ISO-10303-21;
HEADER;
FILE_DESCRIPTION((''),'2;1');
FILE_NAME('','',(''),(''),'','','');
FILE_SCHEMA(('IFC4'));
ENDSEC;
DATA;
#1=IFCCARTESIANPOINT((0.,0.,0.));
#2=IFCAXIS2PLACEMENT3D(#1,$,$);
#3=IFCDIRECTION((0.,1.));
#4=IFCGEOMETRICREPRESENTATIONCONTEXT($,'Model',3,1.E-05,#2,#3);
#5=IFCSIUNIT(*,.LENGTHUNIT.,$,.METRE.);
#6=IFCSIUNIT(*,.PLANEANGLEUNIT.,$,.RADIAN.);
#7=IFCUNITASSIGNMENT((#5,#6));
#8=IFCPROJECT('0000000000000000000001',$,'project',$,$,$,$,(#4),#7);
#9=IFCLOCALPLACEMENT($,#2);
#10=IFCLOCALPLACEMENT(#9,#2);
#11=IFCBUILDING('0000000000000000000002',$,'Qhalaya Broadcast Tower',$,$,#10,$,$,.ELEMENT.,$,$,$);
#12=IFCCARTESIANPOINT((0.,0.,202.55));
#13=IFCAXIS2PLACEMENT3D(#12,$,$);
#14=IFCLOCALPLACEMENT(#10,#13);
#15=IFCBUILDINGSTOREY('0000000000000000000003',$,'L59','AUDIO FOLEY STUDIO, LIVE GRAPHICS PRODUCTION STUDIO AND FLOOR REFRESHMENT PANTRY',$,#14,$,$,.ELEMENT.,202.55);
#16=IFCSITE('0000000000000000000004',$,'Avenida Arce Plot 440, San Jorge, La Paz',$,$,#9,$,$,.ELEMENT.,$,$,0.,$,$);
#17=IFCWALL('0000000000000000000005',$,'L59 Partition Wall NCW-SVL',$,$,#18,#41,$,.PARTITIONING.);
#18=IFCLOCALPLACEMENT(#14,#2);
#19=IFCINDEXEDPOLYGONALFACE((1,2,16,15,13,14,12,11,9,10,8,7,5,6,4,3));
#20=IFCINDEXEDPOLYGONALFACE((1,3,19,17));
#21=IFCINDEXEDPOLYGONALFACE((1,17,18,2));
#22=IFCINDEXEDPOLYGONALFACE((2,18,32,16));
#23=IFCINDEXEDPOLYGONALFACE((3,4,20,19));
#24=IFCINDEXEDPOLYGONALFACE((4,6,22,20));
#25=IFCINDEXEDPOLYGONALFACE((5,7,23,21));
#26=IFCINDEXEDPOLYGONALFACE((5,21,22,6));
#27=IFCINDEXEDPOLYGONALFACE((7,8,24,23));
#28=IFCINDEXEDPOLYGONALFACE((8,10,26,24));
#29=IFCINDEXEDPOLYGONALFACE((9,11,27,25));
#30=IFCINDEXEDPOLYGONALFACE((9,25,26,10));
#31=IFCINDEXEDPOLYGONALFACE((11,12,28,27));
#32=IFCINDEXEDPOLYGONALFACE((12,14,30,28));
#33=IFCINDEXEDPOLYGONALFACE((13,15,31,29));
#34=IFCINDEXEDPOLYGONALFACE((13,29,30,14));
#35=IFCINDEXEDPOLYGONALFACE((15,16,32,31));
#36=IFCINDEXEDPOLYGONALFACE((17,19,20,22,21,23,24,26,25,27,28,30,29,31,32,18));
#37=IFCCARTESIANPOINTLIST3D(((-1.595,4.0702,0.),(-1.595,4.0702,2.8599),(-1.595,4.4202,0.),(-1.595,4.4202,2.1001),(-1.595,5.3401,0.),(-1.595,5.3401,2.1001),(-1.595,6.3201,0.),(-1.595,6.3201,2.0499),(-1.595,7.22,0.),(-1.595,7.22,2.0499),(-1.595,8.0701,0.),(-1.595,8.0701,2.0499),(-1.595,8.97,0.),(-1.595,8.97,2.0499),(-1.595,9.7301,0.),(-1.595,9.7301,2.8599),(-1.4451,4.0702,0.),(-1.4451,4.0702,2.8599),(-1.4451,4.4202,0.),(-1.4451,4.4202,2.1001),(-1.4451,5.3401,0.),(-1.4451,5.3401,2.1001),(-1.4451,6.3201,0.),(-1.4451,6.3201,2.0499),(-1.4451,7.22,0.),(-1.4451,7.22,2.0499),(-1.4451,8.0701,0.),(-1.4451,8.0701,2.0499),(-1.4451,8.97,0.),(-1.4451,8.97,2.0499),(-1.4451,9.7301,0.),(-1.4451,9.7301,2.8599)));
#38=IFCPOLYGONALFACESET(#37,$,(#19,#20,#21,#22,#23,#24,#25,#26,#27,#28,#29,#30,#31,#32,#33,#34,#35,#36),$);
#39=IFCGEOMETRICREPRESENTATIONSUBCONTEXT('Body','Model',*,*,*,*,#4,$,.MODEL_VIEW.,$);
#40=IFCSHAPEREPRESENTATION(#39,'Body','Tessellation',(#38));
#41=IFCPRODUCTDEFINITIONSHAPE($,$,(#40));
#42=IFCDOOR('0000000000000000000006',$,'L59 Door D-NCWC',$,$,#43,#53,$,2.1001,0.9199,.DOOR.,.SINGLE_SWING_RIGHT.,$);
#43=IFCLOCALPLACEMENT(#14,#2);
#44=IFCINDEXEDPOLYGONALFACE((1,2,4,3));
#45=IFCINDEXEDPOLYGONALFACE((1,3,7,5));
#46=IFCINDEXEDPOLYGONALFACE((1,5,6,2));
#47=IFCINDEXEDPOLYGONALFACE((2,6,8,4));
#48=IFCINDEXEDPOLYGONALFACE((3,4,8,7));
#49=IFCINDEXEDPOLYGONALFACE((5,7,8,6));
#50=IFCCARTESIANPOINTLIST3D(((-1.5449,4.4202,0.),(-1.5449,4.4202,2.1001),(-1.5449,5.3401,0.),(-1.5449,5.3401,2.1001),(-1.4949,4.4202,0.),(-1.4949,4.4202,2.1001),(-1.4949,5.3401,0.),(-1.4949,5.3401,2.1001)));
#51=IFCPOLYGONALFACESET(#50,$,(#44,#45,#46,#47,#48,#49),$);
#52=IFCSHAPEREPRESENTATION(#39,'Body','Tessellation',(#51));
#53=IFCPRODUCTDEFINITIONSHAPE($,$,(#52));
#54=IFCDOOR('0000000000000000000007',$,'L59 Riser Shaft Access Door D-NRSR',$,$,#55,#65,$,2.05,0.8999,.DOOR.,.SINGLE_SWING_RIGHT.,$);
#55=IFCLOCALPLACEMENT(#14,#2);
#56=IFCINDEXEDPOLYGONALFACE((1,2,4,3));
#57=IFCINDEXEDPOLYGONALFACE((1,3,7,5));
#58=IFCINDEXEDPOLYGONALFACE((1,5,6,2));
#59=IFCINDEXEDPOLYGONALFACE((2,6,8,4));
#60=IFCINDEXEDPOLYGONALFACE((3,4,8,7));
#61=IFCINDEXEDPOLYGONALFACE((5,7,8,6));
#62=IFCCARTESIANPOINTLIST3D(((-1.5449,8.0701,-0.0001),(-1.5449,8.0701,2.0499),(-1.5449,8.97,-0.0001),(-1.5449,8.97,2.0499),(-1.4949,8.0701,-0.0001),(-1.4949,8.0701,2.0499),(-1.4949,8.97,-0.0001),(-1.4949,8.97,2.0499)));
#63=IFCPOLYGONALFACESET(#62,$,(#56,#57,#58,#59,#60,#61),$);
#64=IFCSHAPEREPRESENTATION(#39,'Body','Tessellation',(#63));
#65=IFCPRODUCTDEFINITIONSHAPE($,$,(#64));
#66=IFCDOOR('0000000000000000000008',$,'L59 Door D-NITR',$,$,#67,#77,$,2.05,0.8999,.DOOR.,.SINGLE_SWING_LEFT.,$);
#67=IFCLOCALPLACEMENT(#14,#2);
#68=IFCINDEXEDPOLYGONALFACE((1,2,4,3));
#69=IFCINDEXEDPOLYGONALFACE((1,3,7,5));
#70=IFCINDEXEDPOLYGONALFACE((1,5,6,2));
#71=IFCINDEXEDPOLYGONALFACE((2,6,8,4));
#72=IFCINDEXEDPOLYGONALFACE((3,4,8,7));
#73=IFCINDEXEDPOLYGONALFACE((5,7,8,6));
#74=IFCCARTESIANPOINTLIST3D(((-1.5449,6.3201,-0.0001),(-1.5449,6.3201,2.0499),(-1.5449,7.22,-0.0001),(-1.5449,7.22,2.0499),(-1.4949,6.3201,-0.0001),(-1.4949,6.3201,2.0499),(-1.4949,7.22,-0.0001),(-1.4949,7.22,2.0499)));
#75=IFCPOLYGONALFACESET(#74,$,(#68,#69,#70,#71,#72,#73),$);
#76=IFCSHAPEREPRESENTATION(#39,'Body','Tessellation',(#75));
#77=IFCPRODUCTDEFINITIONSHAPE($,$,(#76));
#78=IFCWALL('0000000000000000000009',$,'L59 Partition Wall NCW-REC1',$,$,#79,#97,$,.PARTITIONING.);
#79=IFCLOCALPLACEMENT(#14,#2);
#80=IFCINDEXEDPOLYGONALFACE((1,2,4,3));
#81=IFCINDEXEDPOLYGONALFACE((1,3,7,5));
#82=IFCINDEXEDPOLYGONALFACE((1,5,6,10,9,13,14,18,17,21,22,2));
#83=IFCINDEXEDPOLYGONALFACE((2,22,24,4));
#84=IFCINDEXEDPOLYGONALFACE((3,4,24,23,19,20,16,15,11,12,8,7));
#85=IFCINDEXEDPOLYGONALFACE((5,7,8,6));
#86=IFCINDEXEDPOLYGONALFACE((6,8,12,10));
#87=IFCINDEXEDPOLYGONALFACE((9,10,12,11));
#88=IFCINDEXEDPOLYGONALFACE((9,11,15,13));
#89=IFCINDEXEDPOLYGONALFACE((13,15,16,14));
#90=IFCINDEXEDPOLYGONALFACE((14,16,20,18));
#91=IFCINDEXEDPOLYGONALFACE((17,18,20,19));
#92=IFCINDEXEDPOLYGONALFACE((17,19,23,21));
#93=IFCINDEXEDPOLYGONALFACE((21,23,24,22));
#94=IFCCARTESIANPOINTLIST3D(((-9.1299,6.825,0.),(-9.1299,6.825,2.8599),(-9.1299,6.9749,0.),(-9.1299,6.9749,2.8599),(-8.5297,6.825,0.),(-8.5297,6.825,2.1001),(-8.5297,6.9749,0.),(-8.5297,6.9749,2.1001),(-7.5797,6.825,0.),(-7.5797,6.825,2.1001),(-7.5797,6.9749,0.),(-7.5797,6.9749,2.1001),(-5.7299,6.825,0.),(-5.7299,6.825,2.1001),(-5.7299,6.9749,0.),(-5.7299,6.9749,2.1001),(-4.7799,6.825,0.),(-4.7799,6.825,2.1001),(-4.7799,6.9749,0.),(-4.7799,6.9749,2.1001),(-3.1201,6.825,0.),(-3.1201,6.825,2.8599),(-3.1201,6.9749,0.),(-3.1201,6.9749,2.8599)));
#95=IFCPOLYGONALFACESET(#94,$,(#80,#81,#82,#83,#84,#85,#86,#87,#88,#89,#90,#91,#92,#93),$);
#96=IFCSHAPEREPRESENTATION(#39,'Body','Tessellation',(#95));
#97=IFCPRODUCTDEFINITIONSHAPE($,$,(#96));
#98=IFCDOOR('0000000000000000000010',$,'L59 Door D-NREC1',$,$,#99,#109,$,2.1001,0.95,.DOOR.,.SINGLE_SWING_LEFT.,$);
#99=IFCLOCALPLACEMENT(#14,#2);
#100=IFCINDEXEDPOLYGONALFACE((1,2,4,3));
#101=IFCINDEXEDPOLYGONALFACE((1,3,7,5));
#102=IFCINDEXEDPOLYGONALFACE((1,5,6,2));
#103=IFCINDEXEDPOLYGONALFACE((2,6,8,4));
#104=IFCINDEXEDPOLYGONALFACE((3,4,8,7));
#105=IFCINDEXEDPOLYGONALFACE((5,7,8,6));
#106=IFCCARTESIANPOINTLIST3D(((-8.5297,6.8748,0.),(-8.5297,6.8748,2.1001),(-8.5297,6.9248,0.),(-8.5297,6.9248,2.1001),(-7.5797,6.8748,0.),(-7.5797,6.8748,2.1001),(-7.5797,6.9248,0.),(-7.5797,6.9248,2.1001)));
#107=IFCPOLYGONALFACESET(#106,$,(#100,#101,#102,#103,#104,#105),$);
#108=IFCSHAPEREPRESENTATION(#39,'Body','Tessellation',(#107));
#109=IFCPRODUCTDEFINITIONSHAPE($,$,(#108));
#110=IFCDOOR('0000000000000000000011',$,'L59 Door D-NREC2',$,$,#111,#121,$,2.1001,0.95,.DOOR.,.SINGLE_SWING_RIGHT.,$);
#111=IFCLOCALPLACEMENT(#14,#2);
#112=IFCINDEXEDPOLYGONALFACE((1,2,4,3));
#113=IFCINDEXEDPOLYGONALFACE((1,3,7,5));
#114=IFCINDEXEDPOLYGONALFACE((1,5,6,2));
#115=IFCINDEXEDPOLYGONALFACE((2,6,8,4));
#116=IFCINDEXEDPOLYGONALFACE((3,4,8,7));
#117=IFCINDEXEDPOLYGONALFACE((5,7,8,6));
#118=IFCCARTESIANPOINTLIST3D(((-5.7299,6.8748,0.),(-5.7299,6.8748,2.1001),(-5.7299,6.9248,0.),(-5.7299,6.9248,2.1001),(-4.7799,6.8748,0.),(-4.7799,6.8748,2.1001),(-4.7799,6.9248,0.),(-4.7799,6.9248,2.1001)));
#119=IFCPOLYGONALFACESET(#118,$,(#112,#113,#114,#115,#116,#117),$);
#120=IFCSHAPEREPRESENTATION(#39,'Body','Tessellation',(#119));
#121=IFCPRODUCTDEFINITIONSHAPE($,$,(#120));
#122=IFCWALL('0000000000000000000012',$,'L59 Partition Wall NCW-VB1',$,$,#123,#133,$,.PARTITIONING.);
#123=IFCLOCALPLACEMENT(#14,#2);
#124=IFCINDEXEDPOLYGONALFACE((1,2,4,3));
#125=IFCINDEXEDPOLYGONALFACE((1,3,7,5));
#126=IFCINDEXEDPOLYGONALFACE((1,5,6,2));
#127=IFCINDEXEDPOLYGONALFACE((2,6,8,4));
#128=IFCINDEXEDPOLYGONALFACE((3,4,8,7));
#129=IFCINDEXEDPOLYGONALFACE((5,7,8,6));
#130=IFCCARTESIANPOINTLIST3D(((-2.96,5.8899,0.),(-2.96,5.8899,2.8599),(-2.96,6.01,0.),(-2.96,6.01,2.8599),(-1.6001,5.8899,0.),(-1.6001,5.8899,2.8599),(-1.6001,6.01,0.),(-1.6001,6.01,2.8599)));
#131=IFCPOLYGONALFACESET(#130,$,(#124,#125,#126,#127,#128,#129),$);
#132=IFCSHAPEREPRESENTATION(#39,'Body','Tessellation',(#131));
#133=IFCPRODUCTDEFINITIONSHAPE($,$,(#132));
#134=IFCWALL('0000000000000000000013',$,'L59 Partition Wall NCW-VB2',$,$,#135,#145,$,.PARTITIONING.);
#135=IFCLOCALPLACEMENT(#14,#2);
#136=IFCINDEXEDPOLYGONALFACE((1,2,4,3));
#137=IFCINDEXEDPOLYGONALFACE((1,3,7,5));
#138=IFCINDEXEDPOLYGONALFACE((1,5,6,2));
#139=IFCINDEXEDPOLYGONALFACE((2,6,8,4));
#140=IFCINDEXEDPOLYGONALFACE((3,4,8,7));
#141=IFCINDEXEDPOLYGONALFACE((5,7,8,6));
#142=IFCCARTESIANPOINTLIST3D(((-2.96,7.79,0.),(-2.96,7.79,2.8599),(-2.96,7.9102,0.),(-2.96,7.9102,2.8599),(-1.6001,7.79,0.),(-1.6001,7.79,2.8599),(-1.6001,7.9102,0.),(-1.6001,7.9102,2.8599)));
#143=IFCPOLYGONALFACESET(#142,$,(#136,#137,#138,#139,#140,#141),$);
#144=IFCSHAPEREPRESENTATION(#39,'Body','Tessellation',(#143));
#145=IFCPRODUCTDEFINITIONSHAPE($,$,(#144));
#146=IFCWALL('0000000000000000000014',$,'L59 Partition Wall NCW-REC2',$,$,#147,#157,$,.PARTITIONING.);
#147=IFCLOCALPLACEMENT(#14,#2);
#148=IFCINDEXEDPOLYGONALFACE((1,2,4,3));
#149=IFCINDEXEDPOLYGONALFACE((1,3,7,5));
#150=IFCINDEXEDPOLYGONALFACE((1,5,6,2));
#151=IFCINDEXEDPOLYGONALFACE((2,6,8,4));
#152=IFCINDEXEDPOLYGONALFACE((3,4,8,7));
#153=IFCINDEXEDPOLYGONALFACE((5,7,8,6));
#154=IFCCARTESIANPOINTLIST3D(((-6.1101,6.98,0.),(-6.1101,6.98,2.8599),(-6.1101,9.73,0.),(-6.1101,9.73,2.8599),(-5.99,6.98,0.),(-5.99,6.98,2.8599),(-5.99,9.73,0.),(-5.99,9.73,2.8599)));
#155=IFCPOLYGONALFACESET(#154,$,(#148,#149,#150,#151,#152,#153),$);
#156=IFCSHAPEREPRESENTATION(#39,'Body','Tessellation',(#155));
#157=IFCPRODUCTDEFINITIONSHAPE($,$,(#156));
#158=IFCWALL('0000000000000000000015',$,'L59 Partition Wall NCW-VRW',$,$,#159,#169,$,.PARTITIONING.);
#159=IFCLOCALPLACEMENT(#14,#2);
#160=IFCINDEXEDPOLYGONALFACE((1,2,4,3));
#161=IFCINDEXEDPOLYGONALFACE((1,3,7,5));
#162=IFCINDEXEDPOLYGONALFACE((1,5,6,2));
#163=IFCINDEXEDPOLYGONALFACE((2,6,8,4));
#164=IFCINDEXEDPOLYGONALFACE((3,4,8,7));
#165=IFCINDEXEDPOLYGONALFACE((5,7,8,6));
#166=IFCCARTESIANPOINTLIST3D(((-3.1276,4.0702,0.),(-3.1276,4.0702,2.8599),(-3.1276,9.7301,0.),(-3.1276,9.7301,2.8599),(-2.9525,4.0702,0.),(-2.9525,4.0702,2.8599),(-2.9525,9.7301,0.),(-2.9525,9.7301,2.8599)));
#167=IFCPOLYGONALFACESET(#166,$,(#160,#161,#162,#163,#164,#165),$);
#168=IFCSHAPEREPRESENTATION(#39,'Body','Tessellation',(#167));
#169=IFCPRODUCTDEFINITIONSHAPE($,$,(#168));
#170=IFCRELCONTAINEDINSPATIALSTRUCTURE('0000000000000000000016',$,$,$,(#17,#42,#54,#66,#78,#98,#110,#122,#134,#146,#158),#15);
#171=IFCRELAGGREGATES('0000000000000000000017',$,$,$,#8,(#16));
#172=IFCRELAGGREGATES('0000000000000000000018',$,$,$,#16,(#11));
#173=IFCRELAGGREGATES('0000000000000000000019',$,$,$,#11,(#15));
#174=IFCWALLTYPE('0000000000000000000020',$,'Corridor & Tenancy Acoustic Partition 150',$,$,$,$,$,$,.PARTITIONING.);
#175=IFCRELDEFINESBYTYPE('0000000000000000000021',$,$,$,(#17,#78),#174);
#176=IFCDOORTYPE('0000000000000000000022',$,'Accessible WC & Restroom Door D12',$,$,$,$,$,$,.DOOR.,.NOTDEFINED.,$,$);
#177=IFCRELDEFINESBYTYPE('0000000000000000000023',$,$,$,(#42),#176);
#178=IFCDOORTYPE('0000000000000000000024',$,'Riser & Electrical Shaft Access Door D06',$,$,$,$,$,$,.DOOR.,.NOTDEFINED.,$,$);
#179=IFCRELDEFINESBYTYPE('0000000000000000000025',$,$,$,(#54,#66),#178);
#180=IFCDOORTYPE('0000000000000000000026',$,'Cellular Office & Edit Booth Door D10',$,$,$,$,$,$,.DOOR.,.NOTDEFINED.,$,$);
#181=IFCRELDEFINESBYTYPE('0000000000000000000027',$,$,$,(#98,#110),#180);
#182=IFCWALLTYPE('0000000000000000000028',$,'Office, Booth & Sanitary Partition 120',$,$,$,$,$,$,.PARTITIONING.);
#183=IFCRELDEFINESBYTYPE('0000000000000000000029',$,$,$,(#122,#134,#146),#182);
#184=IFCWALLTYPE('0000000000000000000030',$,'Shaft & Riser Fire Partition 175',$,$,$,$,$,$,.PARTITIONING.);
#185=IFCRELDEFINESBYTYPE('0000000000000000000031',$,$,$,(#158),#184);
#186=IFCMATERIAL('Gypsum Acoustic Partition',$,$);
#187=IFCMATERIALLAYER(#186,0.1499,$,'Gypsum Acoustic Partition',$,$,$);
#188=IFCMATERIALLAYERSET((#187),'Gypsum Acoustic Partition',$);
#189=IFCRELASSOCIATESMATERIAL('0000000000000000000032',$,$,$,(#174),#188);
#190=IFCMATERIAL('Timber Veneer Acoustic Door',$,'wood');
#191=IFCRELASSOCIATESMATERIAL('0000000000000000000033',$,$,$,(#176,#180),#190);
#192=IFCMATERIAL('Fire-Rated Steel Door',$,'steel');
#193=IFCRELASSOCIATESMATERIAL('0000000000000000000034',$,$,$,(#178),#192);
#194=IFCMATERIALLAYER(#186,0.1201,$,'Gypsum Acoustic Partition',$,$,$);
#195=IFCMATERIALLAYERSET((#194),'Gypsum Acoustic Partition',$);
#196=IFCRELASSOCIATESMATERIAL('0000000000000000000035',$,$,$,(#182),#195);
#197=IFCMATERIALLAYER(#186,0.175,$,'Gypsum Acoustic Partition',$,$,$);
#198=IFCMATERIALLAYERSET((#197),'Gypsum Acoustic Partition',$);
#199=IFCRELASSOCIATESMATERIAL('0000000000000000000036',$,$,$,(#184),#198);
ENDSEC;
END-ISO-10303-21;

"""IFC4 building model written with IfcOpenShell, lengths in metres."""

from ifc_helpers import new_model, si_unit, direction, frame, frame_2d, origin, place, context, subcontext, project, spatial, rectangle, extrude, material, layer, layer_set, type_object, element, fill, save


model = new_model("IFC4")

# Units and contexts
model_context = context("Model", 3, precision=1e-05, world=origin(), true_north=direction((0.0, 1.0)))
body_context = subcontext(model_context, "Body", "Model", "MODEL_VIEW")
ifc_project = project(units=[si_unit("LENGTHUNIT", "METRE"), si_unit("PLANEANGLEUNIT", "RADIAN")], contexts=[model_context])

# Site, building, storey
site_placement = place(None, origin())
site = spatial("IfcSite", under=ifc_project, at=site_placement, Name="Avenida Arce Plot 440, San Jorge, La Paz", CompositionType="ELEMENT", RefElevation=0.0)
building_placement = place(site_placement, origin())
building = spatial("IfcBuilding", under=site, at=building_placement, Name="Qhalaya Broadcast Tower", CompositionType="ELEMENT")
storey_placement = place(building_placement, frame((0.0, 0.0, 202.55)))
storey = spatial("IfcBuildingStorey", under=building, at=storey_placement, Name="L59", Description="AUDIO FOLEY STUDIO, LIVE GRAPHICS PRODUCTION STUDIO AND FLOOR REFRESHMENT PANTRY", CompositionType="ELEMENT", Elevation=202.55)

# Walls, openings, doors
ifc_material_1 = material(Name="Gypsum Acoustic Partition")
ifc_layer_1 = layer(ifc_material_1, 0.1499, Name="Gypsum Acoustic Partition")
ifc_layer_set_1 = layer_set([ifc_layer_1], Name="Gypsum Acoustic Partition")
wall_type_1 = type_object("IfcWallType", Name="Corridor & Tenancy Acoustic Partition 150", PredefinedType="PARTITIONING", material=ifc_layer_set_1)
wall_1_placement = place(storey_placement, frame((-1.52, 4.0701, 0.0), z_axis=(0.0, 0.0, 1.0), x_axis=(0.0, 1.0, 0.0)))
wall_1 = element("IfcWall", 1, at=wall_1_placement, inside=storey, type_object=wall_type_1, Name="L59 Partition Wall NCW-SVL", PredefinedType="PARTITIONING", context=body_context, shape_type="SweptSolid", body=[
    extrude(rectangle(XDim=5.6599, YDim=0.1499, at=frame_2d((2.8301, 0.0))), origin(), (0.0, 0.0, 1.0), 2.8599),
])
opening_1_placement = place(wall_1_placement, frame((4.0, 0.0, 0.0)))
opening_1 = element("IfcOpeningElement", 2, at=opening_1_placement, cuts=wall_1, PredefinedType="OPENING", context=body_context, shape_type="SweptSolid", body=[
    extrude(rectangle(XDim=0.8999, YDim=2.05, at=frame_2d((0.45, 1.0249))), frame((0.0, 0.0869, 0.0), z_axis=(0.0, -1.0, 0.0), x_axis=(1.0, 0.0, 0.0)), (0.0, 0.0, 1.0), 0.1738),
])
opening_2_placement = place(wall_1_placement, frame((2.25, 0.0, 0.0)))
opening_2 = element("IfcOpeningElement", 3, at=opening_2_placement, cuts=wall_1, PredefinedType="OPENING", context=body_context, shape_type="SweptSolid", body=[
    extrude(rectangle(XDim=0.8999, YDim=2.05, at=frame_2d((0.45, 1.0249))), frame((0.0, 0.0869, 0.0), z_axis=(0.0, -1.0, 0.0), x_axis=(1.0, 0.0, 0.0)), (0.0, 0.0, 1.0), 0.1738),
])
opening_3_placement = place(wall_1_placement, frame((0.3501, 0.0, 0.0)))
opening_3 = element("IfcOpeningElement", 4, at=opening_3_placement, cuts=wall_1, PredefinedType="OPENING", context=body_context, shape_type="SweptSolid", body=[
    extrude(rectangle(XDim=0.9199, YDim=2.1001, at=frame_2d((0.46, 1.05))), frame((0.0, 0.0869, 0.0), z_axis=(0.0, -1.0, 0.0), x_axis=(1.0, 0.0, 0.0)), (0.0, 0.0, 1.0), 0.1738),
])
ifc_material_2 = material(Name="Timber Veneer Acoustic Door", Category="wood")
door_type_1 = type_object("IfcDoorType", Name="Accessible WC & Restroom Door D12", OperationType="NOTDEFINED", PredefinedType="DOOR", material=ifc_material_2)
door_1_placement = place(opening_3_placement, origin())
door_1 = element("IfcDoor", 5, at=door_1_placement, inside=storey, type_object=door_type_1, Name="L59 Door D-NCWC", OperationType="SINGLE_SWING_RIGHT", OverallHeight=2.1001, OverallWidth=0.9199, PredefinedType="DOOR", context=body_context, shape_type="SweptSolid", body=[
    extrude(rectangle(XDim=0.9199, YDim=2.1001, at=frame_2d((0.46, 1.05))), frame((0.0, 0.0249, 0.0), z_axis=(0.0, -1.0, 0.0), x_axis=(1.0, 0.0, 0.0)), (0.0, 0.0, 1.0), 0.05),
])
fill(opening_3, door_1)
ifc_material_3 = material(Name="Fire-Rated Steel Door", Category="steel")
door_type_2 = type_object("IfcDoorType", Name="Riser & Electrical Shaft Access Door D06", OperationType="NOTDEFINED", PredefinedType="DOOR", material=ifc_material_3)
door_2_placement = place(opening_1_placement, origin())
door_2 = element("IfcDoor", 6, at=door_2_placement, inside=storey, type_object=door_type_2, Name="L59 Riser Shaft Access Door D-NRSR", OperationType="SINGLE_SWING_RIGHT", OverallHeight=2.05, OverallWidth=0.8999, PredefinedType="DOOR", context=body_context, shape_type="SweptSolid", body=[
    extrude(rectangle(XDim=0.8999, YDim=2.05, at=frame_2d((0.45, 1.0249))), frame((0.0, 0.0249, 0.0), z_axis=(0.0, -1.0, 0.0), x_axis=(1.0, 0.0, 0.0)), (0.0, 0.0, 1.0), 0.05),
])
fill(opening_1, door_2)
door_3_placement = place(opening_2_placement, origin())
door_3 = element("IfcDoor", 7, at=door_3_placement, inside=storey, type_object=door_type_2, Name="L59 Door D-NITR", OperationType="SINGLE_SWING_LEFT", OverallHeight=2.05, OverallWidth=0.8999, PredefinedType="DOOR", context=body_context, shape_type="SweptSolid", body=[
    extrude(rectangle(XDim=0.8999, YDim=2.05, at=frame_2d((0.45, 1.0249))), frame((0.0, 0.0249, 0.0), z_axis=(0.0, -1.0, 0.0), x_axis=(1.0, 0.0, 0.0)), (0.0, 0.0, 1.0), 0.05),
])
fill(opening_2, door_3)
wall_2_placement = place(storey_placement, frame((-9.1299, 6.8999, 0.0), z_axis=(0.0, 0.0, 1.0), x_axis=(1.0, 0.0, 0.0)))
wall_2 = element("IfcWall", 8, at=wall_2_placement, inside=storey, type_object=wall_type_1, Name="L59 Partition Wall NCW-REC1", PredefinedType="PARTITIONING", context=body_context, shape_type="SweptSolid", body=[
    extrude(rectangle(XDim=6.0098, YDim=0.1499, at=frame_2d((3.0049, 0.0))), origin(), (0.0, 0.0, 1.0), 2.8599),
])
opening_4_placement = place(wall_2_placement, frame((0.6001, 0.0, 0.0)))
opening_4 = element("IfcOpeningElement", 9, at=opening_4_placement, cuts=wall_2, PredefinedType="OPENING", context=body_context, shape_type="SweptSolid", body=[
    extrude(rectangle(XDim=0.95, YDim=2.1001, at=frame_2d((0.4751, 1.05))), frame((0.0, 0.0869, 0.0), z_axis=(0.0, -1.0, 0.0), x_axis=(1.0, 0.0, 0.0)), (0.0, 0.0, 1.0), 0.1738),
])
opening_5_placement = place(wall_2_placement, frame((3.3999, 0.0, 0.0)))
opening_5 = element("IfcOpeningElement", 10, at=opening_5_placement, cuts=wall_2, PredefinedType="OPENING", context=body_context, shape_type="SweptSolid", body=[
    extrude(rectangle(XDim=0.95, YDim=2.1001, at=frame_2d((0.4751, 1.05))), frame((0.0, 0.0869, 0.0), z_axis=(0.0, -1.0, 0.0), x_axis=(1.0, 0.0, 0.0)), (0.0, 0.0, 1.0), 0.1738),
])
door_type_3 = type_object("IfcDoorType", Name="Cellular Office & Edit Booth Door D10", OperationType="NOTDEFINED", PredefinedType="DOOR", material=ifc_material_2)
door_4_placement = place(opening_4_placement, origin())
door_4 = element("IfcDoor", 11, at=door_4_placement, inside=storey, type_object=door_type_3, Name="L59 Door D-NREC1", OperationType="SINGLE_SWING_LEFT", OverallHeight=2.1001, OverallWidth=0.95, PredefinedType="DOOR", context=body_context, shape_type="SweptSolid", body=[
    extrude(rectangle(XDim=0.95, YDim=2.1001, at=frame_2d((0.4751, 1.05))), frame((0.0, 0.0249, 0.0), z_axis=(0.0, -1.0, 0.0), x_axis=(1.0, 0.0, 0.0)), (0.0, 0.0, 1.0), 0.05),
])
fill(opening_4, door_4)
door_5_placement = place(opening_5_placement, origin())
door_5 = element("IfcDoor", 12, at=door_5_placement, inside=storey, type_object=door_type_3, Name="L59 Door D-NREC2", OperationType="SINGLE_SWING_RIGHT", OverallHeight=2.1001, OverallWidth=0.95, PredefinedType="DOOR", context=body_context, shape_type="SweptSolid", body=[
    extrude(rectangle(XDim=0.95, YDim=2.1001, at=frame_2d((0.4751, 1.05))), frame((0.0, 0.0249, 0.0), z_axis=(0.0, -1.0, 0.0), x_axis=(1.0, 0.0, 0.0)), (0.0, 0.0, 1.0), 0.05),
])
fill(opening_5, door_5)

# Walls
ifc_layer_2 = layer(ifc_material_1, 0.1201, Name="Gypsum Acoustic Partition")
ifc_layer_set_2 = layer_set([ifc_layer_2], Name="Gypsum Acoustic Partition")
wall_type_2 = type_object("IfcWallType", Name="Office, Booth & Sanitary Partition 120", PredefinedType="PARTITIONING", material=ifc_layer_set_2)
for number, where, z_axis, x_axis, name in (
    (13, (-2.96, 5.95, 0.0), (0.0, 0.0, 1.0), (1.0, 0.0, 0.0), "L59 Partition Wall NCW-VB1"),
    (14, (-2.96, 7.8501, 0.0), (0.0, 0.0, 1.0), (1.0, 0.0, 0.0), "L59 Partition Wall NCW-VB2"),
):
    element("IfcWall", number, at=place(storey_placement, frame(where, z_axis=z_axis, x_axis=x_axis)), inside=storey, type_object=wall_type_2, Name=name, PredefinedType="PARTITIONING", context=body_context, shape_type="SweptSolid", body=[
        extrude(rectangle(XDim=1.3599, YDim=0.1201, at=frame_2d((0.6799, 0.0))), origin(), (0.0, 0.0, 1.0), 2.8599),
    ])
wall_3_placement = place(storey_placement, frame((-6.05, 6.98, 0.0), z_axis=(0.0, 0.0, 1.0), x_axis=(0.0, 1.0, 0.0)))
element("IfcWall", 15, at=wall_3_placement, inside=storey, type_object=wall_type_2, Name="L59 Partition Wall NCW-REC2", PredefinedType="PARTITIONING", context=body_context, shape_type="SweptSolid", body=[
    extrude(rectangle(XDim=2.75, YDim=0.1201, at=frame_2d((1.375, 0.0))), origin(), (0.0, 0.0, 1.0), 2.8599),
])
ifc_layer_3 = layer(ifc_material_1, 0.175, Name="Gypsum Acoustic Partition")
ifc_layer_set_3 = layer_set([ifc_layer_3], Name="Gypsum Acoustic Partition")
wall_type_3 = type_object("IfcWallType", Name="Shaft & Riser Fire Partition 175", PredefinedType="PARTITIONING", material=ifc_layer_set_3)
wall_4_placement = place(storey_placement, frame((-3.04, 4.0701, 0.0), z_axis=(0.0, 0.0, 1.0), x_axis=(0.0, 1.0, 0.0)))
element("IfcWall", 16, at=wall_4_placement, inside=storey, type_object=wall_type_3, Name="L59 Partition Wall NCW-VRW", PredefinedType="PARTITIONING", context=body_context, shape_type="SweptSolid", body=[
    extrude(rectangle(XDim=5.6599, YDim=0.175, at=frame_2d((2.8301, 0.0))), origin(), (0.0, 0.0, 1.0), 2.8599),
])

save(model, "model.ifc")
